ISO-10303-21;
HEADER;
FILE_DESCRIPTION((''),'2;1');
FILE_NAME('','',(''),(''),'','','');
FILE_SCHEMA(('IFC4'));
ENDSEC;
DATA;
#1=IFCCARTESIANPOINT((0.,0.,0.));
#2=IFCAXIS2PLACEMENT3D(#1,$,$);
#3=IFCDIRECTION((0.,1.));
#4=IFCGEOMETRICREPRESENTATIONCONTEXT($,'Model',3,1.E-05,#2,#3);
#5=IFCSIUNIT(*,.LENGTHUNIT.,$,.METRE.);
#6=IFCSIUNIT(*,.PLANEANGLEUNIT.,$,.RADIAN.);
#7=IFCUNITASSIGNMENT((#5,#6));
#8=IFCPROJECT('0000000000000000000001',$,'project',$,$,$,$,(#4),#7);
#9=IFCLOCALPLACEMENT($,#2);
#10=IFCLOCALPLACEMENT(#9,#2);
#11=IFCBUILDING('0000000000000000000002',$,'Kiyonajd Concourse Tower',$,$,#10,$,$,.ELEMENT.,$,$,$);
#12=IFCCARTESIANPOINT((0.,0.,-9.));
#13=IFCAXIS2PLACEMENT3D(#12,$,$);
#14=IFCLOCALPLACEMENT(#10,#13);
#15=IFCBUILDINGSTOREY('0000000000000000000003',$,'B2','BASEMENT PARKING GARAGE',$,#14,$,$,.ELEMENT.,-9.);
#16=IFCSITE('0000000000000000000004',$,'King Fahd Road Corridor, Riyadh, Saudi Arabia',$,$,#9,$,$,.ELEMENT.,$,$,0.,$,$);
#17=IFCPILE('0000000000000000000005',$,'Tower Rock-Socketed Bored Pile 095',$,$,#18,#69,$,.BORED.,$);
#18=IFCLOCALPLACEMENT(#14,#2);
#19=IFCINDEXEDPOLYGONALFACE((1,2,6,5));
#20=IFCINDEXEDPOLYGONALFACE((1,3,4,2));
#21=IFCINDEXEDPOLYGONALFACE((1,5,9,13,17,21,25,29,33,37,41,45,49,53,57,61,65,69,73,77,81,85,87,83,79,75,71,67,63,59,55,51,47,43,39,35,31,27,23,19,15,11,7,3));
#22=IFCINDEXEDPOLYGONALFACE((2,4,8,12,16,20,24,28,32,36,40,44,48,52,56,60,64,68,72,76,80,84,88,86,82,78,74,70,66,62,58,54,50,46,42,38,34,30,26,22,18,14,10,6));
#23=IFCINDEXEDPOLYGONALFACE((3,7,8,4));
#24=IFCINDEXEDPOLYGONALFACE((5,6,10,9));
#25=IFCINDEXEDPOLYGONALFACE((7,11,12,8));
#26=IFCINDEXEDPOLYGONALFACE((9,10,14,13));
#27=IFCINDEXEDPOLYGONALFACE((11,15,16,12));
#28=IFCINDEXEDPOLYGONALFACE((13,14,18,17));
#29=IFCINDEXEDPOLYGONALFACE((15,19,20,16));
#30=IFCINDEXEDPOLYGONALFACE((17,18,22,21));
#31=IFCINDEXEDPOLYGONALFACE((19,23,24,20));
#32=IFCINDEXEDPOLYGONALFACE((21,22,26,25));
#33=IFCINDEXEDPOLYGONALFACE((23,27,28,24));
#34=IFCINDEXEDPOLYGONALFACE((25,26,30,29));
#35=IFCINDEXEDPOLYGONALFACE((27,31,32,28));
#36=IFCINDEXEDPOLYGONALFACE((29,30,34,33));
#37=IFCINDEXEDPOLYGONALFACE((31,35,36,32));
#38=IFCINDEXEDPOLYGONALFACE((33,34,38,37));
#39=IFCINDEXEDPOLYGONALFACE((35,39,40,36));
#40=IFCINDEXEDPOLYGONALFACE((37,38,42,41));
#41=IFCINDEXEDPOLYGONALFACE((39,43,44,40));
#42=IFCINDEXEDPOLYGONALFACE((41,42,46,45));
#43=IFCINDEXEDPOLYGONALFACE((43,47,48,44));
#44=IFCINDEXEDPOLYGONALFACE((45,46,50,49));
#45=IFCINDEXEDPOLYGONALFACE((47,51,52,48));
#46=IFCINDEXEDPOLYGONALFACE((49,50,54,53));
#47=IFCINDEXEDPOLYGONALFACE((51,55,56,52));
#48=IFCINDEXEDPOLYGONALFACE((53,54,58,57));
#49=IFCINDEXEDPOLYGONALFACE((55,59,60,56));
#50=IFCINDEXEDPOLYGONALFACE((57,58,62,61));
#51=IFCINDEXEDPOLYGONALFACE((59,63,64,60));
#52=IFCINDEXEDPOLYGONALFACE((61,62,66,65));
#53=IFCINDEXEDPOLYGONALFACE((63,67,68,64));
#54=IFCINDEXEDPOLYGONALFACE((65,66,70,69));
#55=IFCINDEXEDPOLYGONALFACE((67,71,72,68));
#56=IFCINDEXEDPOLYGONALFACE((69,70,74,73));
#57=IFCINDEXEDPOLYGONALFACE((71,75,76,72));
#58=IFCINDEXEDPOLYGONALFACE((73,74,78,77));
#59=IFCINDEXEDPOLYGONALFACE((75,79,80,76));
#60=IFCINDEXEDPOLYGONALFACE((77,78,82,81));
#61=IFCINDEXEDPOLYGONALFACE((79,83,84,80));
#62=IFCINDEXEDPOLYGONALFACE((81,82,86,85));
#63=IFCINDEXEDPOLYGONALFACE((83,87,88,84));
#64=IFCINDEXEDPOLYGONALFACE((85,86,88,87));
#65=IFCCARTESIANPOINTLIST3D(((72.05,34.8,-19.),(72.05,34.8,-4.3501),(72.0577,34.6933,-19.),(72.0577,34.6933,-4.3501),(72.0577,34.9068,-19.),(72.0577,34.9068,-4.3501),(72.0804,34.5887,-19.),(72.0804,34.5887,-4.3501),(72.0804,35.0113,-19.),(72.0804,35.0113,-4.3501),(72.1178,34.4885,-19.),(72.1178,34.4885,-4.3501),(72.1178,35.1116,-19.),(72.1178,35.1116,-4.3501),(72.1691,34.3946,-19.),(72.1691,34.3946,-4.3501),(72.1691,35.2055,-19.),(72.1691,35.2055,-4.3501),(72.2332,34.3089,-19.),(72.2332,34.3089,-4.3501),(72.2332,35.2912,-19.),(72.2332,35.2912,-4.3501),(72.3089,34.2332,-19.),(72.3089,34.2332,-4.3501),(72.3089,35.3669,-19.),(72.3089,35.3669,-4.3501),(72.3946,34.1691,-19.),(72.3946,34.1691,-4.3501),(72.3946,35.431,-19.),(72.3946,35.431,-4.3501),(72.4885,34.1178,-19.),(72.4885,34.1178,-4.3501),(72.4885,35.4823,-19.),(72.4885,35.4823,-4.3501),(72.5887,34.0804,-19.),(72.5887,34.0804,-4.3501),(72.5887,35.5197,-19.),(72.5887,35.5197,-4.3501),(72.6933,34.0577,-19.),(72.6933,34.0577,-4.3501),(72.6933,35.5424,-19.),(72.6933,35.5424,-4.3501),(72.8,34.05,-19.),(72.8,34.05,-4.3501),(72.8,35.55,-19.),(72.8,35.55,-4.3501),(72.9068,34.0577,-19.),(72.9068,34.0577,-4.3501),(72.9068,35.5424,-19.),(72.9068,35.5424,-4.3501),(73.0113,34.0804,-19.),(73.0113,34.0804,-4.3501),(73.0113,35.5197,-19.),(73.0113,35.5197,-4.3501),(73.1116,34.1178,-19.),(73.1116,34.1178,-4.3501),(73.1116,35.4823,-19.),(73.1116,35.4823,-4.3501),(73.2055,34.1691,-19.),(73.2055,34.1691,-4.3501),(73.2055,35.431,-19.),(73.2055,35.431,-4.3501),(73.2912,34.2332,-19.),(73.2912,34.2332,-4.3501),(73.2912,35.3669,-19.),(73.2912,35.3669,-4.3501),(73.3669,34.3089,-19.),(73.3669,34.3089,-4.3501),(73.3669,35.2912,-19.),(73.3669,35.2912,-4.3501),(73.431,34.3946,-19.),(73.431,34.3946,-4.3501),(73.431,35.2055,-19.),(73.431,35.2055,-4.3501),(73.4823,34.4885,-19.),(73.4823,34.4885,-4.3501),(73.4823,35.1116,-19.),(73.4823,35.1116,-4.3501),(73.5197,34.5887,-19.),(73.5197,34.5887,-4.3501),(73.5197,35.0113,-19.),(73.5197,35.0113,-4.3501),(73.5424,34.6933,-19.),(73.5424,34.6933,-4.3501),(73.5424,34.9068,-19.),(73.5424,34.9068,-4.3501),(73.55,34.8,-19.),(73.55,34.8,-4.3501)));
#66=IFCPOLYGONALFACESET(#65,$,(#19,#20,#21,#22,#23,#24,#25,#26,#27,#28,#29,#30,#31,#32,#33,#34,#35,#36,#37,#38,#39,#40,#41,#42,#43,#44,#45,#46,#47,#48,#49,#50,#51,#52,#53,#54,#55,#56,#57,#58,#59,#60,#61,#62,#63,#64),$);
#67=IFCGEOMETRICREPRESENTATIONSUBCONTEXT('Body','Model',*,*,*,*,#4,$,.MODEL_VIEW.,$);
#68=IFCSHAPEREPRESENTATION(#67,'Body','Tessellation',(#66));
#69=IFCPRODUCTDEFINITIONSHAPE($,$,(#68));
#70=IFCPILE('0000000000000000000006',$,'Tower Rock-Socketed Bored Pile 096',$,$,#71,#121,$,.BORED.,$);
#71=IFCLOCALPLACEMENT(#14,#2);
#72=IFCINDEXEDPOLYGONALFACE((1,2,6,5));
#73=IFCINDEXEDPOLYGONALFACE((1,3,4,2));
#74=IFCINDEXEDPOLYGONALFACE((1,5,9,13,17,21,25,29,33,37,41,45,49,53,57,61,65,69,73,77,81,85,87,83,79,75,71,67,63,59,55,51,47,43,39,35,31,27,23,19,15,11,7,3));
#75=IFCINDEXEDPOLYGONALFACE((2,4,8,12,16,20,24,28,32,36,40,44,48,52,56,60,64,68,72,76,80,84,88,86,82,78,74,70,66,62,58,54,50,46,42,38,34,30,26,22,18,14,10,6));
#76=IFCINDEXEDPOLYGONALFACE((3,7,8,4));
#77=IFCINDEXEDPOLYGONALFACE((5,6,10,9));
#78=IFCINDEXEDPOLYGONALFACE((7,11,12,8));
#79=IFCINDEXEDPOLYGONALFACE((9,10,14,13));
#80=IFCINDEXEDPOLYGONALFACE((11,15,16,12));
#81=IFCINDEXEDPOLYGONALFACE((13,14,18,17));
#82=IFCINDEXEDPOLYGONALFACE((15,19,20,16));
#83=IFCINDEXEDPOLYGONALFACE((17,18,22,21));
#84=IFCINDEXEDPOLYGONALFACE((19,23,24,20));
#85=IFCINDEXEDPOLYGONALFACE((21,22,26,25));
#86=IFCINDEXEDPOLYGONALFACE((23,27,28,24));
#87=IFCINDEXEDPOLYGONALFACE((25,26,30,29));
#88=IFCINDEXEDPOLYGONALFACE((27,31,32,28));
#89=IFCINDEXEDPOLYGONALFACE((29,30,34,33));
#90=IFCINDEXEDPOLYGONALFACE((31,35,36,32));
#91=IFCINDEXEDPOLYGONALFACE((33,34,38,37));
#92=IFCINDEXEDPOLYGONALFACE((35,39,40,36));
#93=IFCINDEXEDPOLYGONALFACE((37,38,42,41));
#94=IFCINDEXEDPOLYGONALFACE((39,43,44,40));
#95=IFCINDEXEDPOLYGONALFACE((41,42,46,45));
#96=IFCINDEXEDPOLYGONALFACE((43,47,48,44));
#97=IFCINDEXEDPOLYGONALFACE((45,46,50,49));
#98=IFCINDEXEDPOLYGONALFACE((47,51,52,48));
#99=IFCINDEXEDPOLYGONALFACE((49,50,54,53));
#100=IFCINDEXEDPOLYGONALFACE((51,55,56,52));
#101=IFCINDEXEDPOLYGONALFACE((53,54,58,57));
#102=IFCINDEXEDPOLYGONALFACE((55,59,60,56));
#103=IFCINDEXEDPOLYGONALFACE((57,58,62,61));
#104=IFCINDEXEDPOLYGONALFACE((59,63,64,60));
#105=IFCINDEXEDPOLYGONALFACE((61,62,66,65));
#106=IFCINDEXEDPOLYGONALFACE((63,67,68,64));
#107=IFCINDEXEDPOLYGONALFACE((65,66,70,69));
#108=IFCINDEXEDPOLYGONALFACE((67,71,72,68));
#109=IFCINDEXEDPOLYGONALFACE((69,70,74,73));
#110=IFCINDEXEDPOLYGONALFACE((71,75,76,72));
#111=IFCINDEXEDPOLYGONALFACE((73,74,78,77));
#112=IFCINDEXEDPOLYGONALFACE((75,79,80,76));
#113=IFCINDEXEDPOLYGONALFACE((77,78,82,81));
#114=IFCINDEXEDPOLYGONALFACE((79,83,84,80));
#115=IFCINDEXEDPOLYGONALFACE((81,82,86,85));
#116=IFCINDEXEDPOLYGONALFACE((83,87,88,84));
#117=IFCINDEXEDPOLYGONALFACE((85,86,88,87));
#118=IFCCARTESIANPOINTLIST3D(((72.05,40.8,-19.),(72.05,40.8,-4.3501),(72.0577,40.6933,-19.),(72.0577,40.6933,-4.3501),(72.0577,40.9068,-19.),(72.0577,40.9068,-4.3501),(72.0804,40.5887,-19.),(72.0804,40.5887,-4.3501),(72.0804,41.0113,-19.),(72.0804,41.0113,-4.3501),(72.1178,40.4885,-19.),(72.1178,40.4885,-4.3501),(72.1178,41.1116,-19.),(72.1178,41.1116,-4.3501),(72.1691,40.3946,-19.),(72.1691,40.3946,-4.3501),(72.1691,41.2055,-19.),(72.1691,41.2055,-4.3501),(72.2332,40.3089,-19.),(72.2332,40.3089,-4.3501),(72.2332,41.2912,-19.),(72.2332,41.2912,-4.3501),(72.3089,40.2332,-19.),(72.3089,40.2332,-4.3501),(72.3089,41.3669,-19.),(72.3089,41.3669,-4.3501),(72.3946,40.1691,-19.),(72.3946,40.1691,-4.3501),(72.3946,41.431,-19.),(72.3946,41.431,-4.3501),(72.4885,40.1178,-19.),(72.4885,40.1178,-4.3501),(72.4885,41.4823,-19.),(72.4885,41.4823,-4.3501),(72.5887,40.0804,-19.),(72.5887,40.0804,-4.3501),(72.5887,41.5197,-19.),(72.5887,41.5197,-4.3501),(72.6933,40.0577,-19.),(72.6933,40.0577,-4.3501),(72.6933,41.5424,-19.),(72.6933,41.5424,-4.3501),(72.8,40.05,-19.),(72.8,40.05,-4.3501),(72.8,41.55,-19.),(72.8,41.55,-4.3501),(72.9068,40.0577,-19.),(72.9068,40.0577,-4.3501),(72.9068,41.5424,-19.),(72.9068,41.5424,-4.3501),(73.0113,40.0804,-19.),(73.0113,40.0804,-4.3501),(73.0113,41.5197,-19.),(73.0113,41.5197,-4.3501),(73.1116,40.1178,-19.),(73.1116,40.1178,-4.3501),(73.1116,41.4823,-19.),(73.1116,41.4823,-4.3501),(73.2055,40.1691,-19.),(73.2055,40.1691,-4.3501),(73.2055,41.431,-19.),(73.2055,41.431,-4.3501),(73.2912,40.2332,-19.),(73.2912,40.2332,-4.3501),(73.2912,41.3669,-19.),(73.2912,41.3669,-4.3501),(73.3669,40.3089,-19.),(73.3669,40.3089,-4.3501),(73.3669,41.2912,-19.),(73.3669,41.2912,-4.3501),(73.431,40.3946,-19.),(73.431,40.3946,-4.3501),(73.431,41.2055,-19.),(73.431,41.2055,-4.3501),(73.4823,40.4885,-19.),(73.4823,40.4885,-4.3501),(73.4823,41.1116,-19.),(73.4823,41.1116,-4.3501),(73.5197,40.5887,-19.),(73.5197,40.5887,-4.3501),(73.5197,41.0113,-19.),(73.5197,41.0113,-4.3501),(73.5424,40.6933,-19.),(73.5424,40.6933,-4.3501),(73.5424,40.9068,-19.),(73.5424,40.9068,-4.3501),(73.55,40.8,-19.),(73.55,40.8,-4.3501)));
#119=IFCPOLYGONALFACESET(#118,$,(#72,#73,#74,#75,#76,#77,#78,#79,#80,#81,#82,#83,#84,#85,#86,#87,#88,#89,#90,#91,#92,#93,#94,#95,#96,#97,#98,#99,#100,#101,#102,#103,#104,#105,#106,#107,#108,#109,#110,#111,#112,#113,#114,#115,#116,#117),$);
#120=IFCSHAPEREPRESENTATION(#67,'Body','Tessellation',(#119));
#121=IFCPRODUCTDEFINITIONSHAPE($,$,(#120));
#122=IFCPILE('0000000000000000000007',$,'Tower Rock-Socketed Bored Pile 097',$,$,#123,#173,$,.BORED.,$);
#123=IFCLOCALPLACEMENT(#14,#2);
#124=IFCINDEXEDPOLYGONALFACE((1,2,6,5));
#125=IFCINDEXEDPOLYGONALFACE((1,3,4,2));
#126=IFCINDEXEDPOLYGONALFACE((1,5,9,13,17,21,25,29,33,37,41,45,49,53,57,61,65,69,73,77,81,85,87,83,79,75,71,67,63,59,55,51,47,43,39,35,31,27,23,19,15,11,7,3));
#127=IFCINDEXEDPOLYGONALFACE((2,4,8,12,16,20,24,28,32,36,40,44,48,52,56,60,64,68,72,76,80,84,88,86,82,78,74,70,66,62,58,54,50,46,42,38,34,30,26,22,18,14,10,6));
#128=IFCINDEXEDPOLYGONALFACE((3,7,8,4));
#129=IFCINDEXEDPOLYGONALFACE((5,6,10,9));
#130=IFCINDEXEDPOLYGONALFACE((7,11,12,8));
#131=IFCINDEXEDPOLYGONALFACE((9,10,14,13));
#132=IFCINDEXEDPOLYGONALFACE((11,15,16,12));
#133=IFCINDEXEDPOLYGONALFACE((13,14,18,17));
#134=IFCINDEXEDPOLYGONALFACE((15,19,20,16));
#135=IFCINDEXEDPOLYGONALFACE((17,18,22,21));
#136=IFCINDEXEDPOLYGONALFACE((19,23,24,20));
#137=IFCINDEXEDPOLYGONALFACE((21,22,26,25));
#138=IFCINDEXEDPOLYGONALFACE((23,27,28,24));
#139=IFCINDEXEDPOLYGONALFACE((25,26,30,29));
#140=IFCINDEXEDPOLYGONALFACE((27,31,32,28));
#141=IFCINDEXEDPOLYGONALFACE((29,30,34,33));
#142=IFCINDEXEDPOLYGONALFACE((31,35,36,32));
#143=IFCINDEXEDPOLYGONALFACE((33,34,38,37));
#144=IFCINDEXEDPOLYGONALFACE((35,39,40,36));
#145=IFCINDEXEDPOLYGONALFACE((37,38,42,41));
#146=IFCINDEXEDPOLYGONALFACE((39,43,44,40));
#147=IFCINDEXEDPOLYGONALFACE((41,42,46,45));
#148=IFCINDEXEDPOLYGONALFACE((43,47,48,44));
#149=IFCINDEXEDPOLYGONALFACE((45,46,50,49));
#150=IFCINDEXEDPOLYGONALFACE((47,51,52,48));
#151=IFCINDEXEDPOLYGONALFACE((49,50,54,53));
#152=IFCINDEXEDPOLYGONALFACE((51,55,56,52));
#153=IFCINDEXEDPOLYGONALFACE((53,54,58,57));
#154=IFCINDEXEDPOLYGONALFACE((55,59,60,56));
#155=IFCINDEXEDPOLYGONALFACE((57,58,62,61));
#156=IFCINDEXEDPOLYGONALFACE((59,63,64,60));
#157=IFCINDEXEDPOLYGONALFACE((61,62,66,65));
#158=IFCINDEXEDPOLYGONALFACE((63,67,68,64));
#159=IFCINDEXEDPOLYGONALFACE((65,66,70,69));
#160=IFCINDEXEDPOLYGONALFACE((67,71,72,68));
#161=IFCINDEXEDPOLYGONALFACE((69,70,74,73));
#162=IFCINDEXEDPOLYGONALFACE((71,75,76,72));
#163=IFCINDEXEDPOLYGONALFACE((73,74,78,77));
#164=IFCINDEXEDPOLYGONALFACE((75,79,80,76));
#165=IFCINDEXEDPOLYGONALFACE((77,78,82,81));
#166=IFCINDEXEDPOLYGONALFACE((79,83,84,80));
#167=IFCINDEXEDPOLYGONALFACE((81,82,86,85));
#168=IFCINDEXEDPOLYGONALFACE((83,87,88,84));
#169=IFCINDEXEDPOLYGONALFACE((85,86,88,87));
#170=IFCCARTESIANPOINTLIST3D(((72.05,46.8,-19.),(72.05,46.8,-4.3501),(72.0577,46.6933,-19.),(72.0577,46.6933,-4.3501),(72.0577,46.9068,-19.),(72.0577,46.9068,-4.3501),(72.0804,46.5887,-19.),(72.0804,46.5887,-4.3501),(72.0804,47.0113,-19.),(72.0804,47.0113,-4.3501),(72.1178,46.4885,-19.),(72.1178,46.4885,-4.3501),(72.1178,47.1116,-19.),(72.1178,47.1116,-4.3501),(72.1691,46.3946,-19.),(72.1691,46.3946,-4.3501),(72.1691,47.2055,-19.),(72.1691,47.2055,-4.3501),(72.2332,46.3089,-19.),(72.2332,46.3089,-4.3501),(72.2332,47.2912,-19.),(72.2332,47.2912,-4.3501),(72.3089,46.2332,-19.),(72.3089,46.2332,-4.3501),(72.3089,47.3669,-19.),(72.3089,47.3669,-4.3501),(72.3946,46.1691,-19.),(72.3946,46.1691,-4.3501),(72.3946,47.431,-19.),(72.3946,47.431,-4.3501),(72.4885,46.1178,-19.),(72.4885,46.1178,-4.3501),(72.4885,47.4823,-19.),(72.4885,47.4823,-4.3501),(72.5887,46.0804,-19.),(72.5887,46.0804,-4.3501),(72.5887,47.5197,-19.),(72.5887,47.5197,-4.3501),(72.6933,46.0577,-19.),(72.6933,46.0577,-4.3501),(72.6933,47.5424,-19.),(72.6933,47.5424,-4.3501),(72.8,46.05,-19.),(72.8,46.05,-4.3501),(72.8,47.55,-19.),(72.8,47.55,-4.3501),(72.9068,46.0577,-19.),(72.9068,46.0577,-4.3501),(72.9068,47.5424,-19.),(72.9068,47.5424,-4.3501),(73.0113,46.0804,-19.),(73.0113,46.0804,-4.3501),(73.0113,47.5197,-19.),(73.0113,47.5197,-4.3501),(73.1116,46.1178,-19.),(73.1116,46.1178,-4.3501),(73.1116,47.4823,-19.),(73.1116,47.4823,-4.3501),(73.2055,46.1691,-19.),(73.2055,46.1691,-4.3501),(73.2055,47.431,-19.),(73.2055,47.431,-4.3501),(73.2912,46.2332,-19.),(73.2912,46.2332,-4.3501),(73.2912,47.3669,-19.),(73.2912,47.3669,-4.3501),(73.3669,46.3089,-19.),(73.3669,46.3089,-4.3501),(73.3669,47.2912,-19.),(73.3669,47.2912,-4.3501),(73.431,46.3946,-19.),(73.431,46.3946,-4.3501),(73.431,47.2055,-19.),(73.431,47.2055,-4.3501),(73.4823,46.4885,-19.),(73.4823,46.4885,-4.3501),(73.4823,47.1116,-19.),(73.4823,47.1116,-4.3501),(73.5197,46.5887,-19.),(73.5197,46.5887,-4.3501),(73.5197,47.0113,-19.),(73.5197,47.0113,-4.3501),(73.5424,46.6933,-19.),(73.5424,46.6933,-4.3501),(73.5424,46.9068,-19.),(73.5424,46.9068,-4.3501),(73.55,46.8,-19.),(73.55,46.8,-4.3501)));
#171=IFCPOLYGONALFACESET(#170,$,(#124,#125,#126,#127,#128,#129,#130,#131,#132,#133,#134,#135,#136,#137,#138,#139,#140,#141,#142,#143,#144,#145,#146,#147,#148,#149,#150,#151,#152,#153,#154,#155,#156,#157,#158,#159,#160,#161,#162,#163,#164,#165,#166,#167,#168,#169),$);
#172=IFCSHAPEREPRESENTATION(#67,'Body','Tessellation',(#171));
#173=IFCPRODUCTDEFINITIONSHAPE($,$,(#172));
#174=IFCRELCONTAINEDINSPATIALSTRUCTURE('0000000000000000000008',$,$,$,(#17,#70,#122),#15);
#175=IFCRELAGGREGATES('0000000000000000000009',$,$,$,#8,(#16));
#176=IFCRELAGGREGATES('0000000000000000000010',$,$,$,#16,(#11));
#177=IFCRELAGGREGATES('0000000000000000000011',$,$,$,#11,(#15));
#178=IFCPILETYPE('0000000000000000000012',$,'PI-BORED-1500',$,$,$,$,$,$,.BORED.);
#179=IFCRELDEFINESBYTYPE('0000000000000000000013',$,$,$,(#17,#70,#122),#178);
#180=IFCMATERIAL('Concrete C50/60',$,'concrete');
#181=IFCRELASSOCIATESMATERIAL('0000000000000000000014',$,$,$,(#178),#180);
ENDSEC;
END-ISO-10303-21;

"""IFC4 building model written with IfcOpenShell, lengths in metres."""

from ifc_helpers import new_model, si_unit, direction, frame, origin, origin_2d, place, context, subcontext, project, spatial, circle, extrude, material, material_profile, profile_set, type_object, element, save


model = new_model("IFC4")

# Units and contexts
model_context = context("Model", 3, precision=1e-05, world=origin(), true_north=direction((0.0, 1.0)))
body_context = subcontext(model_context, "Body", "Model", "MODEL_VIEW")
ifc_project = project(units=[si_unit("LENGTHUNIT", "METRE"), si_unit("PLANEANGLEUNIT", "RADIAN")], contexts=[model_context])

# Site, building, storey
site_placement = place(None, origin())
site = spatial("IfcSite", under=ifc_project, at=site_placement, Name="King Fahd Road Corridor, Riyadh, Saudi Arabia", CompositionType="ELEMENT", RefElevation=0.0)
building_placement = place(site_placement, origin())
building = spatial("IfcBuilding", under=site, at=building_placement, Name="Kiyonajd Concourse Tower", CompositionType="ELEMENT")
storey_placement = place(building_placement, frame((0.0, 0.0, -9.0)))
storey = spatial("IfcBuildingStorey", under=building, at=storey_placement, Name="B2", Description="BASEMENT PARKING GARAGE", CompositionType="ELEMENT", Elevation=-9.0)

# Piles
ifc_material_1 = material(Name="Concrete C50/60", Category="concrete")
ifc_material_profile_1 = material_profile(ifc_material_1, circle(Radius=0.75, at=origin_2d()), Name="PILE-D1500")
ifc_profile_set_1 = profile_set([ifc_material_profile_1], Name="Concrete C50/60")
pile_type = type_object("IfcPileType", Name="PI-BORED-1500", PredefinedType="BORED", material=ifc_profile_set_1)
for number, where, z_axis, x_axis, name in (
    (1, (72.8, 34.8, -4.3501), (0.0, 0.0, -1.0), (1.0, 0.0, 0.0), "Tower Rock-Socketed Bored Pile 095"),
    (2, (72.8, 40.8, -4.3501), (0.0, 0.0, -1.0), (1.0, 0.0, 0.0), "Tower Rock-Socketed Bored Pile 096"),
    (3, (72.8, 46.8, -4.3501), (0.0, 0.0, -1.0), (1.0, 0.0, 0.0), "Tower Rock-Socketed Bored Pile 097"),
):
    element("IfcPile", number, at=place(storey_placement, frame(where, z_axis=z_axis, x_axis=x_axis)), inside=storey, type_object=pile_type, Name=name, PredefinedType="BORED", context=body_context, shape_type="SweptSolid", body=[
        extrude(circle(Radius=0.75, at=origin_2d()), origin(), (0.0, 0.0, 1.0), 14.6499),
    ])

save(model, "model.ifc")
